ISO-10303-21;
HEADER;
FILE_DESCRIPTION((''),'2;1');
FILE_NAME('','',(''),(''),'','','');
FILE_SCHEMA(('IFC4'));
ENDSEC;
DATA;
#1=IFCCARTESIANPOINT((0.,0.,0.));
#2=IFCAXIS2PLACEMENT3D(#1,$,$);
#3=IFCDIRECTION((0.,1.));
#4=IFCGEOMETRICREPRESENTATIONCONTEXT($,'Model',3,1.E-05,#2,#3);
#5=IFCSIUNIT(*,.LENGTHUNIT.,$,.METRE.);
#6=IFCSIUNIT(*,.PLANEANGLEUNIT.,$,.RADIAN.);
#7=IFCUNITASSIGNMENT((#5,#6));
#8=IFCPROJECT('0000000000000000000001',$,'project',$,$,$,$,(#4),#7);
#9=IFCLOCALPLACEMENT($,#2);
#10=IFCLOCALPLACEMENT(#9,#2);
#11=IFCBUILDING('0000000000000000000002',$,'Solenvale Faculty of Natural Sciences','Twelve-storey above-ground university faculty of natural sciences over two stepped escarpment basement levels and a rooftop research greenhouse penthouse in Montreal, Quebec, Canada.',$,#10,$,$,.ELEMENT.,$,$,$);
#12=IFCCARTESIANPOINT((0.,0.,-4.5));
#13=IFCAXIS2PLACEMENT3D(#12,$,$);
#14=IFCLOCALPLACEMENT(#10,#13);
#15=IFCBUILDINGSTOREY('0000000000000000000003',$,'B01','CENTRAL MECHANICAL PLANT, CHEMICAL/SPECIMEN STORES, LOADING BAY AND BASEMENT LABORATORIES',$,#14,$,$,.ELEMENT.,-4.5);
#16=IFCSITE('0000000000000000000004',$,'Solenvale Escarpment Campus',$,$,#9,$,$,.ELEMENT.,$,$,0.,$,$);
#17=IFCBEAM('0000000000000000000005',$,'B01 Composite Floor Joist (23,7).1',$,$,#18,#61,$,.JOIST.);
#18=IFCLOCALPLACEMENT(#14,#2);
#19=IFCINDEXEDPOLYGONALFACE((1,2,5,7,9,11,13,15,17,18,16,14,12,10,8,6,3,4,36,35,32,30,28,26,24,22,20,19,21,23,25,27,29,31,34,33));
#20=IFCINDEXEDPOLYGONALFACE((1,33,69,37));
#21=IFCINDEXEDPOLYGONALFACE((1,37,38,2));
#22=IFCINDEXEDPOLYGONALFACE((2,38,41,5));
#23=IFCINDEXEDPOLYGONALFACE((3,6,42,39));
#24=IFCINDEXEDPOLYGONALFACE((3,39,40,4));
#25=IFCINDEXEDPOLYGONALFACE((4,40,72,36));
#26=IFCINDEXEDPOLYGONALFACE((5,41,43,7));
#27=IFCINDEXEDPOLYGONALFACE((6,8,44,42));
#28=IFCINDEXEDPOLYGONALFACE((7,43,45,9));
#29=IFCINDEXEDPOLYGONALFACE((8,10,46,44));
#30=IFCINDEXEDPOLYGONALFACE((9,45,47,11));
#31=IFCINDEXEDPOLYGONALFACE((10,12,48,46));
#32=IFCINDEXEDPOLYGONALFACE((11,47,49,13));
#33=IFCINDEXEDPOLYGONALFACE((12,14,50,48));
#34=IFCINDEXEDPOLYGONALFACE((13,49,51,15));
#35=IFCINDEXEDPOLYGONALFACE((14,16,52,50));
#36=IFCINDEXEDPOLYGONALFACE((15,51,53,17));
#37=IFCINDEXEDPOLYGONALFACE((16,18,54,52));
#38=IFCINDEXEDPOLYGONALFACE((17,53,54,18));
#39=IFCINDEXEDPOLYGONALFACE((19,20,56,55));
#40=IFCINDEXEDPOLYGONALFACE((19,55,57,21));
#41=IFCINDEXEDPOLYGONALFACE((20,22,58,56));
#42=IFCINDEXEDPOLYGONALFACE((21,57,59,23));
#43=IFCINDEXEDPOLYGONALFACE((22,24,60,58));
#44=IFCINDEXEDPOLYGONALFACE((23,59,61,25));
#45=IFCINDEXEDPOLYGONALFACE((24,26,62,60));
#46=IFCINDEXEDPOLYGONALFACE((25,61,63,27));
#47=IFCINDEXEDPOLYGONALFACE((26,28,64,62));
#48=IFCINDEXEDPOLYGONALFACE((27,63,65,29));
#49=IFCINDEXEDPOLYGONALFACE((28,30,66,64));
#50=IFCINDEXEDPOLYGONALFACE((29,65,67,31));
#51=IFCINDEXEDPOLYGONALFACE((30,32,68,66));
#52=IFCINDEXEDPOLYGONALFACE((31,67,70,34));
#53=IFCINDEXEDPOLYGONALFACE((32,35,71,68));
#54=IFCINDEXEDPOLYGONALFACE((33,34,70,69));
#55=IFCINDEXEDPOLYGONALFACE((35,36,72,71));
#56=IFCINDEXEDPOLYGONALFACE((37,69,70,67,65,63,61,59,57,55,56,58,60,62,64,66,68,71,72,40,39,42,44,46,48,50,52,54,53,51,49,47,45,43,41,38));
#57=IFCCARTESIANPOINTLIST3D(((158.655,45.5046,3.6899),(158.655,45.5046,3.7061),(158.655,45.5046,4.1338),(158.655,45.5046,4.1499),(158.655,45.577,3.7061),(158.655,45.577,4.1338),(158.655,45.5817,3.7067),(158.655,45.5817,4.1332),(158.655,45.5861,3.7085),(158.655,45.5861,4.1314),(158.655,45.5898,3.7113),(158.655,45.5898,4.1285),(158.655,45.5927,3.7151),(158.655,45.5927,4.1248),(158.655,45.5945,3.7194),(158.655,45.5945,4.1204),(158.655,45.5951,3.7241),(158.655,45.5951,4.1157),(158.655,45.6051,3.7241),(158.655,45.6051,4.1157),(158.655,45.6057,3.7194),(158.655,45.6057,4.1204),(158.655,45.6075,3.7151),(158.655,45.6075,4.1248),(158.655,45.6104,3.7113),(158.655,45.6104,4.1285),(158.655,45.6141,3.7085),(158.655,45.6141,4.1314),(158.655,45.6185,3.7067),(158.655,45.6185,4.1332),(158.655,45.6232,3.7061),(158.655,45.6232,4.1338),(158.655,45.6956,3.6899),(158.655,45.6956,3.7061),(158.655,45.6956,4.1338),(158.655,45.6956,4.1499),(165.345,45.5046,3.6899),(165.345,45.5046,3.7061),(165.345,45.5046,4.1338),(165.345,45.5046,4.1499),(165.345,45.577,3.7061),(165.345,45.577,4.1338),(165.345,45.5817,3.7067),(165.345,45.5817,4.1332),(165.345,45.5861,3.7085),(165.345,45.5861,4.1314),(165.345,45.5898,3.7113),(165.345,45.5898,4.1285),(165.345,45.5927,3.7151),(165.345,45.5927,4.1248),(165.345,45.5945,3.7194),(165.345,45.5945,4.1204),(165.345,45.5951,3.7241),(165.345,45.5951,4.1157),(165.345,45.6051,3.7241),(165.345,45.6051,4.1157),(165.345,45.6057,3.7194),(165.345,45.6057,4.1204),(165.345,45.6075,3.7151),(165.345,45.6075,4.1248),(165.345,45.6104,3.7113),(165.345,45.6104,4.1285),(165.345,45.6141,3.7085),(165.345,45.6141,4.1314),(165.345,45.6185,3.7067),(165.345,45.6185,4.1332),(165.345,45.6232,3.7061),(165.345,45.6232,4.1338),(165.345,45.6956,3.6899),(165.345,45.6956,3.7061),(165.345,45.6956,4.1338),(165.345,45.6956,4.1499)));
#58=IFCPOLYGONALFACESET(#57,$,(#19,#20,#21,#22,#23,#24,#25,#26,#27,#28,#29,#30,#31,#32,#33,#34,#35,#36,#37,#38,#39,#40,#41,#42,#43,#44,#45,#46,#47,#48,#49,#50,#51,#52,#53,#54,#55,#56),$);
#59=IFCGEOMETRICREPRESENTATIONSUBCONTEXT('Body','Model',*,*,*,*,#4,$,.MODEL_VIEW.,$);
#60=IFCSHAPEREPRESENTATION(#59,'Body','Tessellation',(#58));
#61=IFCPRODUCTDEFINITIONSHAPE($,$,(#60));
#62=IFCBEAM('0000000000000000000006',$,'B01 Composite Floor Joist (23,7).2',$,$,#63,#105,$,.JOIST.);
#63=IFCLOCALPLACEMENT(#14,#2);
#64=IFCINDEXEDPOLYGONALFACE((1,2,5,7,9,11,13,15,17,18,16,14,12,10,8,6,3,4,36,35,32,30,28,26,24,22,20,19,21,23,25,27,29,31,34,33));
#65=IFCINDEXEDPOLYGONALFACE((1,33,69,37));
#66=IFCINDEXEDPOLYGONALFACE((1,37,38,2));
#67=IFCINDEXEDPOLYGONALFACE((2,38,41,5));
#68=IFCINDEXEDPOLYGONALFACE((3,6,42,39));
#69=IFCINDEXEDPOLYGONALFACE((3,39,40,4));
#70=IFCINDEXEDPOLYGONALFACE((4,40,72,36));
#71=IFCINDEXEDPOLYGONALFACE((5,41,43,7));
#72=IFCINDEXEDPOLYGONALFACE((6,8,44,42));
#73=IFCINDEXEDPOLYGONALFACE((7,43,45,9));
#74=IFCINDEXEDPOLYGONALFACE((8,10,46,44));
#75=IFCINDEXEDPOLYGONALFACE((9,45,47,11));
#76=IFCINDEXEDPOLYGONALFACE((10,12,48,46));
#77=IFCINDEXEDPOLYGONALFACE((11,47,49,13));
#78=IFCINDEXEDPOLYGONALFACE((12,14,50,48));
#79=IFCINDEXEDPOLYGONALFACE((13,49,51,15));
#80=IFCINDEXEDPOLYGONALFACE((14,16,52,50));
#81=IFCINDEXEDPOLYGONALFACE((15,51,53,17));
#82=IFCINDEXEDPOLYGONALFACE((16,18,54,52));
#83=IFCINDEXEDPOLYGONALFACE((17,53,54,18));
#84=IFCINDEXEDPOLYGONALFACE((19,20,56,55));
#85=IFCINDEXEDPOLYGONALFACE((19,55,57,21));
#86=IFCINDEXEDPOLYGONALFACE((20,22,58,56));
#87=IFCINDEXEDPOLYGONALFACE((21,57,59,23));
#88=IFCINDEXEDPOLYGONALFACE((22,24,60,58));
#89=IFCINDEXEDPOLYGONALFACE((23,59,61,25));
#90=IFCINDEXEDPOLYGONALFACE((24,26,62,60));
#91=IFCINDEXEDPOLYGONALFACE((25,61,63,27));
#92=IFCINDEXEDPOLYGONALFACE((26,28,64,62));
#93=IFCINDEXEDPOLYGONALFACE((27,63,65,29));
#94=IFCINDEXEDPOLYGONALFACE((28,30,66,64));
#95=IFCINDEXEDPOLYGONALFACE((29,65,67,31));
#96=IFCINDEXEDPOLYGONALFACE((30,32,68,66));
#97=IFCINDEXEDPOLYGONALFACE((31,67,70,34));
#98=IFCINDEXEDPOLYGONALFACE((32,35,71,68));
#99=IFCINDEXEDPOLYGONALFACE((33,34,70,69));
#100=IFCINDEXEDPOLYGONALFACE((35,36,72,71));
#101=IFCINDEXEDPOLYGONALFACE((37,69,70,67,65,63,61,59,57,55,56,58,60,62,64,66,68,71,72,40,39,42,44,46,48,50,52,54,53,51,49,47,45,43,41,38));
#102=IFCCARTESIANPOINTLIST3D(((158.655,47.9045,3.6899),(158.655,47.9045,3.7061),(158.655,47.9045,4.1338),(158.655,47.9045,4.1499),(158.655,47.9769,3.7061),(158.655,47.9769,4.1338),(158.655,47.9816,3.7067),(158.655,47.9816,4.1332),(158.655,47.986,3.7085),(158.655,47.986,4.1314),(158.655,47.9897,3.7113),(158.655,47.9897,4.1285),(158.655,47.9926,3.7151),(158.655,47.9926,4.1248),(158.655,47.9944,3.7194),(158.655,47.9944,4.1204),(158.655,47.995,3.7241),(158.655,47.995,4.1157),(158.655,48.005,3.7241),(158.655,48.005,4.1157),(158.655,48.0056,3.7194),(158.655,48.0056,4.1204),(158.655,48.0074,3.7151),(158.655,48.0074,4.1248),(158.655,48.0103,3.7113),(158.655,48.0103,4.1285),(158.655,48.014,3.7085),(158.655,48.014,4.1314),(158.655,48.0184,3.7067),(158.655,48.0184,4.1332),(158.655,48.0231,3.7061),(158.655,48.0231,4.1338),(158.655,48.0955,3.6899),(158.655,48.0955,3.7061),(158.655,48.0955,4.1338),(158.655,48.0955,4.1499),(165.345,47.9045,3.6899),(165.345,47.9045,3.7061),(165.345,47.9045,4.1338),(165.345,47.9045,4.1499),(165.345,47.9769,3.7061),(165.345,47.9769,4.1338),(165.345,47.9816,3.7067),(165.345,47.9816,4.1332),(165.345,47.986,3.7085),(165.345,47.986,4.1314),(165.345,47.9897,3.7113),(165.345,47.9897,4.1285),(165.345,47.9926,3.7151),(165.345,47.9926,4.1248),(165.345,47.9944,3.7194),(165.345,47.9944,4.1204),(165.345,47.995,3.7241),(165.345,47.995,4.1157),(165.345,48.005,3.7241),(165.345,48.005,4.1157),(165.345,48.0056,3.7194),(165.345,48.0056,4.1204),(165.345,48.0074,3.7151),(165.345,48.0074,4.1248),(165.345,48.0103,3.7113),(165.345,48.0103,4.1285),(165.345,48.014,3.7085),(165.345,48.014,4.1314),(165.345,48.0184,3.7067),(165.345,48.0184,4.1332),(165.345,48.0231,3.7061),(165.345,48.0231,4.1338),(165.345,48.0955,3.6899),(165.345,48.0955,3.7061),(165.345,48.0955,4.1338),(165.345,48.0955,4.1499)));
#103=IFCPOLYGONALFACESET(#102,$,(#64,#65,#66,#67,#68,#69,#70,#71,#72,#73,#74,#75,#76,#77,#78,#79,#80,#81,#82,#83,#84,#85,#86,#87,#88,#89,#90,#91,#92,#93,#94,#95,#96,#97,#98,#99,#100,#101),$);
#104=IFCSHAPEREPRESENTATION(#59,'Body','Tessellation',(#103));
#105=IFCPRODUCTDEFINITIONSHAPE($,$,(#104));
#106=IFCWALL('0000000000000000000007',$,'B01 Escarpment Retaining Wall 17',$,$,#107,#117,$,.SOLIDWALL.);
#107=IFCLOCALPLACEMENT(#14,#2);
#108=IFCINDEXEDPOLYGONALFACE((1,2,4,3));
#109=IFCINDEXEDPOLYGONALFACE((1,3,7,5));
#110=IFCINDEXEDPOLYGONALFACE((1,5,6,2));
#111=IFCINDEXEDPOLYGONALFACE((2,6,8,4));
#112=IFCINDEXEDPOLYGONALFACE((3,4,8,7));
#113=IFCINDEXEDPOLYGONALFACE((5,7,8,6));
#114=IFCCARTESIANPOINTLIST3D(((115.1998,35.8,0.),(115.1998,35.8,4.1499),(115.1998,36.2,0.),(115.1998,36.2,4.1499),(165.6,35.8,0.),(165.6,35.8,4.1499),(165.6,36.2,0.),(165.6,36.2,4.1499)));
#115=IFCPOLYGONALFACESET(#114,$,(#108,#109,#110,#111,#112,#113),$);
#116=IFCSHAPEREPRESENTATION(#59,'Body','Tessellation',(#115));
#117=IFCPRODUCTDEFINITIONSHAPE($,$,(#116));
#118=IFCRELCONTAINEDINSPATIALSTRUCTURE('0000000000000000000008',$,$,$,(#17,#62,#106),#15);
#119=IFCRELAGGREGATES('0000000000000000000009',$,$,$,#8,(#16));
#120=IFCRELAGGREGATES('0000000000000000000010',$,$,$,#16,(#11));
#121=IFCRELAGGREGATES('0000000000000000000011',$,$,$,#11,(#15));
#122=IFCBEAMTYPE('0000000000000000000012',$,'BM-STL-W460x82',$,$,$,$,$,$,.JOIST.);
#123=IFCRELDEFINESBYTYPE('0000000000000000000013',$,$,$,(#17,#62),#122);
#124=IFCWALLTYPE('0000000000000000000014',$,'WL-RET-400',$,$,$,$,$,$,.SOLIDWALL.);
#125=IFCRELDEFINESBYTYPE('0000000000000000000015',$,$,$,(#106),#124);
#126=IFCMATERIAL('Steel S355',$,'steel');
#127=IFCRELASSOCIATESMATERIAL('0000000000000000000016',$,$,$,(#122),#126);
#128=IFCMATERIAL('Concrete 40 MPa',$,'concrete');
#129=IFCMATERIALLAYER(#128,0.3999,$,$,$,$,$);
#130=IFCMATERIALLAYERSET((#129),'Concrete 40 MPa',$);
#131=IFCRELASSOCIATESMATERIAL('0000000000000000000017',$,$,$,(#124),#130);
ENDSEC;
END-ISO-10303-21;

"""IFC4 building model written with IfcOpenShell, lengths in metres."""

from ifc_helpers import new_model, si_unit, direction, frame, frame_2d, origin, origin_2d, place, context, subcontext, project, spatial, rectangle, i_section, extrude, material, layer, layer_set, material_profile, profile_set, type_object, element, save


model = new_model("IFC4")

# Units and contexts
model_context = context("Model", 3, precision=1e-05, world=origin(), true_north=direction((0.0, 1.0)))
body_context = subcontext(model_context, "Body", "Model", "MODEL_VIEW")
ifc_project = project(units=[si_unit("LENGTHUNIT", "METRE"), si_unit("PLANEANGLEUNIT", "RADIAN")], contexts=[model_context])

# Site, building, storey
site_placement = place(None, origin())
site = spatial("IfcSite", under=ifc_project, at=site_placement, Name="Solenvale Escarpment Campus", CompositionType="ELEMENT", RefElevation=0.0)
building_placement = place(site_placement, origin())
building = spatial("IfcBuilding", under=site, at=building_placement, Name="Solenvale Faculty of Natural Sciences", Description="Twelve-storey above-ground university faculty of natural sciences over two stepped escarpment basement levels and a rooftop research greenhouse penthouse in Montreal, Quebec, Canada.", CompositionType="ELEMENT")
storey_placement = place(building_placement, frame((0.0, 0.0, -4.5)))
storey = spatial("IfcBuildingStorey", under=building, at=storey_placement, Name="B01", Description="CENTRAL MECHANICAL PLANT, CHEMICAL/SPECIMEN STORES, LOADING BAY AND BASEMENT LABORATORIES", CompositionType="ELEMENT", Elevation=-4.5)

# Shared definitions
ifc_material_1 = material(Name="Concrete 40 MPa", Category="concrete")

# Beams
ifc_material_2 = material(Name="Steel S355", Category="steel")
ifc_material_profile_1 = material_profile(ifc_material_2, i_section(OverallWidth=0.1909, OverallDepth=0.46, WebThickness=0.01, FlangeThickness=0.0161, FilletRadius=0.0181, at=origin_2d()), Name="W460x82")
ifc_profile_set_1 = profile_set([ifc_material_profile_1], Name="Steel S355")
beam_type_1 = type_object("IfcBeamType", Name="BM-STL-W460x82", PredefinedType="JOIST", material=ifc_profile_set_1)
for number, where, z_axis, x_axis, name in (
    (1, (158.655, 45.6001, 3.9199), (1.0, 0.0, 0.0), (0.0, 1.0, 0.0), "B01 Composite Floor Joist (23,7).1"),
    (2, (158.655, 48.0, 3.9199), (1.0, 0.0, 0.0), (0.0, 1.0, 0.0), "B01 Composite Floor Joist (23,7).2"),
):
    element("IfcBeam", number, at=place(storey_placement, frame(where, z_axis=z_axis, x_axis=x_axis)), inside=storey, type_object=beam_type_1, Name=name, PredefinedType="JOIST", context=body_context, shape_type="SweptSolid", body=[
        extrude(i_section(OverallWidth=0.1909, OverallDepth=0.46, WebThickness=0.01, FlangeThickness=0.0161, FilletRadius=0.0181, at=origin_2d()), origin(), (0.0, 0.0, 1.0), 6.6899),
    ])

# Wall
ifc_layer = layer(ifc_material_1, 0.3999)
ifc_layer_set = layer_set([ifc_layer], Name="Concrete 40 MPa")
wall_type = type_object("IfcWallType", Name="WL-RET-400", PredefinedType="SOLIDWALL", material=ifc_layer_set)
wall_placement = place(storey_placement, frame((165.6001, 36.0, 0.0), z_axis=(0.0, 0.0, 1.0), x_axis=(-1.0, 0.0, 0.0)))
element("IfcWall", 3, at=wall_placement, inside=storey, type_object=wall_type, Name="B01 Escarpment Retaining Wall 17", PredefinedType="SOLIDWALL", context=body_context, shape_type="SweptSolid", body=[
    extrude(rectangle(XDim=50.4001, YDim=0.3999, at=frame_2d((25.2002, 0.0))), origin(), (0.0, 0.0, 1.0), 4.1499),
])

save(model, "model.ifc")
